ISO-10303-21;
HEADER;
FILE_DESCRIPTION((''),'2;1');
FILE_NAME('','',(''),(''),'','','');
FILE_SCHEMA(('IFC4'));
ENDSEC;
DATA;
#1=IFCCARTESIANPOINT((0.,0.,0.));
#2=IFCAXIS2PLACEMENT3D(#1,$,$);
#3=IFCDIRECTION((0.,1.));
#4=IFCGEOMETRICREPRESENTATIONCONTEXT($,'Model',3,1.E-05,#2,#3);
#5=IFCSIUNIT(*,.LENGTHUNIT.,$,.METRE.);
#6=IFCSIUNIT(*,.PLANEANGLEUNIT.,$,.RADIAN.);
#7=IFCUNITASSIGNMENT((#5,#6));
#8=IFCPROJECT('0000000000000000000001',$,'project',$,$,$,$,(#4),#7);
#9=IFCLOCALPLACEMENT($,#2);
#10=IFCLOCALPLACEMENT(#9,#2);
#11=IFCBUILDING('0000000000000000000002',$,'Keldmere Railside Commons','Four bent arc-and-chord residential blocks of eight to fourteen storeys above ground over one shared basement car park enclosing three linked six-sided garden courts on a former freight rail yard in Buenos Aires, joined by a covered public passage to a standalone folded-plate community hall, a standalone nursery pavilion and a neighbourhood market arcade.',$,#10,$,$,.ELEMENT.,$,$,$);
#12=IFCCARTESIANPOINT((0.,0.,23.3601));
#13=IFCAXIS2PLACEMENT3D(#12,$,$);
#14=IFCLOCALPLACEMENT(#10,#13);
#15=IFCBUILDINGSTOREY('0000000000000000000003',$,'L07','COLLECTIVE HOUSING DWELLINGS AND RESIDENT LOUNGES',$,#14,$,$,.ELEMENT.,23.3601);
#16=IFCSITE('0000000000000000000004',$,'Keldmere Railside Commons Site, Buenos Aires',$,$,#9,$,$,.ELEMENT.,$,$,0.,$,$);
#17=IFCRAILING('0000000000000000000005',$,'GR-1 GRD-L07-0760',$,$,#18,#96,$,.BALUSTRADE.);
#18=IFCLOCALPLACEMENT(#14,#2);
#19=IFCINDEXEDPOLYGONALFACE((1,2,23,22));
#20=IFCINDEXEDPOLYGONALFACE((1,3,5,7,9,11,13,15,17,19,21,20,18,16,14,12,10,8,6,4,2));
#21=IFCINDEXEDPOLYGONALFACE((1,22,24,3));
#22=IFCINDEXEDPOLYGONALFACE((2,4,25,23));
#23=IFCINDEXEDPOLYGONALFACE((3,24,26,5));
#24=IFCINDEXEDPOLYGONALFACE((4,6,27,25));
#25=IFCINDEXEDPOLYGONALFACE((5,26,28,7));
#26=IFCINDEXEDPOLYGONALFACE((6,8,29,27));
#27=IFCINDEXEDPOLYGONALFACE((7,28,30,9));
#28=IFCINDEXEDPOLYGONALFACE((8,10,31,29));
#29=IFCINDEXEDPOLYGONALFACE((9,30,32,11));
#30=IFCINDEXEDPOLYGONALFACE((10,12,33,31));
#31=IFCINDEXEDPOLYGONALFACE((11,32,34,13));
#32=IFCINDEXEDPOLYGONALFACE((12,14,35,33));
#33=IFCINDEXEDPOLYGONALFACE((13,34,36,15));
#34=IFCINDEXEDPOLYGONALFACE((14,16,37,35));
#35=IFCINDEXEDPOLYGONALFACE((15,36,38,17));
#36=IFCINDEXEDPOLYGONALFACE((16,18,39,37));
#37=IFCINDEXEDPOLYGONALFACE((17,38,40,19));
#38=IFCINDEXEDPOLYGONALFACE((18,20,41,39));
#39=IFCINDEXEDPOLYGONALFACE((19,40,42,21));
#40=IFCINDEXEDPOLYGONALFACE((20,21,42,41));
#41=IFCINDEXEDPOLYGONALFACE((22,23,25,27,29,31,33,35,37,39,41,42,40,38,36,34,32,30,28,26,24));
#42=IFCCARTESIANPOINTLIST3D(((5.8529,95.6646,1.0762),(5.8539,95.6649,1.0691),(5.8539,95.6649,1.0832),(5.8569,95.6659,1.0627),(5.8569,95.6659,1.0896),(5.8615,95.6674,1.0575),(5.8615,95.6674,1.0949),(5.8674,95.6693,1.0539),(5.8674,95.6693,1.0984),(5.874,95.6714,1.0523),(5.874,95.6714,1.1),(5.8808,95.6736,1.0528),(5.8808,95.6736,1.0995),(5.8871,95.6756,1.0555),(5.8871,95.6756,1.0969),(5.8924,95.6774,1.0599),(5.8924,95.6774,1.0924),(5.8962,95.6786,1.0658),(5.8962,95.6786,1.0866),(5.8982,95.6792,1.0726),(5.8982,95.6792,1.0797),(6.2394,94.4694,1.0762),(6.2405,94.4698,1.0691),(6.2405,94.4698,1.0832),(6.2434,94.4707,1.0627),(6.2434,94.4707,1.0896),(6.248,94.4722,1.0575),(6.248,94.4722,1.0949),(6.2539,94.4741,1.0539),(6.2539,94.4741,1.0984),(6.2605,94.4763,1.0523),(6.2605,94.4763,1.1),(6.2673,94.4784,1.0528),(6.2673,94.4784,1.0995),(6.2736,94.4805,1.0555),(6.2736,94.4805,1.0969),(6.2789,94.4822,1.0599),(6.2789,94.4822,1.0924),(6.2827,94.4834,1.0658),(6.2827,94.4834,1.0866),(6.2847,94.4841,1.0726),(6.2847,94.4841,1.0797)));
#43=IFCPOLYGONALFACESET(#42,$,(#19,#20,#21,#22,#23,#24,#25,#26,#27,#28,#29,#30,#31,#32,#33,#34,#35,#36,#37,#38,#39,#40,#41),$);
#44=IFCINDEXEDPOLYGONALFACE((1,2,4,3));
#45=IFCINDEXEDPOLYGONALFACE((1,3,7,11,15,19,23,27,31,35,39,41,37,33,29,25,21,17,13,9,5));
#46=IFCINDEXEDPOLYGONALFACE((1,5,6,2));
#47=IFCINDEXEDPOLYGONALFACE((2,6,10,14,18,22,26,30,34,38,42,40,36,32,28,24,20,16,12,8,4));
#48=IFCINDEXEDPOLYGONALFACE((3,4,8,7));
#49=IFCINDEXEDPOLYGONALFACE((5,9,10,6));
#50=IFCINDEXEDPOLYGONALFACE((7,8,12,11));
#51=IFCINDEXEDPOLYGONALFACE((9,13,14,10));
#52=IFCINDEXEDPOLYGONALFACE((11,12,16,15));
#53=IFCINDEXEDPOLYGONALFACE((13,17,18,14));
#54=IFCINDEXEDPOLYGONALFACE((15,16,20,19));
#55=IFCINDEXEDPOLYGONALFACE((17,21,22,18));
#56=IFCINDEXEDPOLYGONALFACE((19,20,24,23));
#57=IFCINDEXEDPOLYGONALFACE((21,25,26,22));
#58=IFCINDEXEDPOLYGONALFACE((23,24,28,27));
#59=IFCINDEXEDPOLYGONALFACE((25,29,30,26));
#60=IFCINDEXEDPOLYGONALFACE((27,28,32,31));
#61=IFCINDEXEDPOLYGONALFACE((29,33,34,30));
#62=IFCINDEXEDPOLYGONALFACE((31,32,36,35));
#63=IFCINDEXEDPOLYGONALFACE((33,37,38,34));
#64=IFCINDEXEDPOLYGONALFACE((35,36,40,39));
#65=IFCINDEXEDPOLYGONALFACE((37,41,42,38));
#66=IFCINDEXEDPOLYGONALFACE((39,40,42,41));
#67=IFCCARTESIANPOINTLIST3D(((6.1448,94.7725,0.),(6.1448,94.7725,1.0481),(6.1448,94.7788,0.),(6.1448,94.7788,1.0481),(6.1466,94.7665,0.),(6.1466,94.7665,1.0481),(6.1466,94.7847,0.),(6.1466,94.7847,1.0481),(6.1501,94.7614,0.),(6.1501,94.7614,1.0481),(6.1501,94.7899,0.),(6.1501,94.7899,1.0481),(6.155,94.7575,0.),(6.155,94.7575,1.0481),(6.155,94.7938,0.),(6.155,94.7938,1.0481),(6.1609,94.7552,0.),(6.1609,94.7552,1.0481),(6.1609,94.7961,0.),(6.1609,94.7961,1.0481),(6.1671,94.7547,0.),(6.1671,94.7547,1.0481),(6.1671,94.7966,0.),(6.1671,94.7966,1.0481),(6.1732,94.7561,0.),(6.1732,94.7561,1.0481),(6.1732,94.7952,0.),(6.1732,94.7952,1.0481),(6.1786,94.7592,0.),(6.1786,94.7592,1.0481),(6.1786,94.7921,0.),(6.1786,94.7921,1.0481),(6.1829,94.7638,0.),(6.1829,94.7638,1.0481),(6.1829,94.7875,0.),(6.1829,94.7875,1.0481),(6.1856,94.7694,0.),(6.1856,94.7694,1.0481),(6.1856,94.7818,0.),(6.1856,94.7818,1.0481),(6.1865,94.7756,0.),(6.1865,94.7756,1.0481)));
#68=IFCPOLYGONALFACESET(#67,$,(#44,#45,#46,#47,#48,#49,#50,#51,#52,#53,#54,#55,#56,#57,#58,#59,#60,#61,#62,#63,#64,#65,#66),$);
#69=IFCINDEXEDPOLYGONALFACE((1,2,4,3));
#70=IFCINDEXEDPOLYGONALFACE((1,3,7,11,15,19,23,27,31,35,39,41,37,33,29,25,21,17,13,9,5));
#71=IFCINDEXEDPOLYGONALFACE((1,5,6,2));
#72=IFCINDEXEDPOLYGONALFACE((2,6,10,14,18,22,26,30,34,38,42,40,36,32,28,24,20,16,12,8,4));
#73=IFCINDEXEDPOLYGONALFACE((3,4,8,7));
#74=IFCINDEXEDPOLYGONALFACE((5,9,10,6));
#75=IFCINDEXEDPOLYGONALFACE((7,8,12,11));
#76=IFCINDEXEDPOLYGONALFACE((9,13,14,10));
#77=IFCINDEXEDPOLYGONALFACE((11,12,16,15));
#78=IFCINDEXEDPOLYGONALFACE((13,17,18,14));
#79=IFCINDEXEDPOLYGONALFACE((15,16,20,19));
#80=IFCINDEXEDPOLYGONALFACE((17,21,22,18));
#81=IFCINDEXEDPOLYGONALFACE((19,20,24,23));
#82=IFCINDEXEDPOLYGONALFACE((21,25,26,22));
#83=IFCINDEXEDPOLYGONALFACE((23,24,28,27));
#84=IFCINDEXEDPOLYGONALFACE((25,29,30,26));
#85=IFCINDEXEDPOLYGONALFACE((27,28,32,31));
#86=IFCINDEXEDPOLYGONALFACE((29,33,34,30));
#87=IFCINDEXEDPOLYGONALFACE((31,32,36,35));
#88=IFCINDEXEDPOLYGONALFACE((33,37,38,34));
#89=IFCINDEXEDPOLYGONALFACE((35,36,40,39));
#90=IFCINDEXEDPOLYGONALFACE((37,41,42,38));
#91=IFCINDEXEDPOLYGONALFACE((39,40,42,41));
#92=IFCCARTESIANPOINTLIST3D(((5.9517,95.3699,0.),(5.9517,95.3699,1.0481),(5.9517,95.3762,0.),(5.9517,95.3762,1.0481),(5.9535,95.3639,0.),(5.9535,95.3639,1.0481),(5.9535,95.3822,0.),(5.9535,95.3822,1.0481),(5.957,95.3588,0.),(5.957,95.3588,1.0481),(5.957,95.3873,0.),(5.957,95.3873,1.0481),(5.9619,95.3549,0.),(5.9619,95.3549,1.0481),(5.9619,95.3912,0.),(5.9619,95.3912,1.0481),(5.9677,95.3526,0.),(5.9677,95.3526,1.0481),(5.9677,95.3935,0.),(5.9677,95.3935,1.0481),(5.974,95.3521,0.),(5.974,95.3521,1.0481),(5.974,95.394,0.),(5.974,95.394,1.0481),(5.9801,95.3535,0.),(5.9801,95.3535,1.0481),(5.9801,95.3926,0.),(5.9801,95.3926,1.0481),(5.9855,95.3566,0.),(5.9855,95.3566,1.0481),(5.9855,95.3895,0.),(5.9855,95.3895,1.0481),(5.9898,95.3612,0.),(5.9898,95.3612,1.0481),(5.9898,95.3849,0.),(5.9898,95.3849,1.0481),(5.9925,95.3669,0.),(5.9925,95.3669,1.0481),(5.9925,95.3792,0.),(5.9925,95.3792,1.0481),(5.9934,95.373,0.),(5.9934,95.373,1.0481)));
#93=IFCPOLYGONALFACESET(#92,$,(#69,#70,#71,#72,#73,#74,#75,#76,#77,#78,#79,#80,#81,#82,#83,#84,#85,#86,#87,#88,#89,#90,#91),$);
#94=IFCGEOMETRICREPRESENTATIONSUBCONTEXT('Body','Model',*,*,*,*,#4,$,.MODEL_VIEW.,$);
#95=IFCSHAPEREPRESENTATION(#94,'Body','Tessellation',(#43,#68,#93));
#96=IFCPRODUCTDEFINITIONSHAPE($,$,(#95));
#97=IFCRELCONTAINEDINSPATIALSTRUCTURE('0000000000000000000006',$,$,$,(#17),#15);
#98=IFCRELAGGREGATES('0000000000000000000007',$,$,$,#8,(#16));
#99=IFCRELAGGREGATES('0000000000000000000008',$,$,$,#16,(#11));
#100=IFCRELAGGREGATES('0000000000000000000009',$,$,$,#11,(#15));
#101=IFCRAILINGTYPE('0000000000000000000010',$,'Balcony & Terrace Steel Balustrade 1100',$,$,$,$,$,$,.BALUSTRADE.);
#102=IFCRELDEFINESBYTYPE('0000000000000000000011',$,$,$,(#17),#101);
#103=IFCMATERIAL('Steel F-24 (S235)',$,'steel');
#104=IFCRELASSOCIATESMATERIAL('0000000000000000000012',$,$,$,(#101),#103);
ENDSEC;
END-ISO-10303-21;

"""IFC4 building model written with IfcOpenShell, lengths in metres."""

from ifc_helpers import new_model, si_unit, direction, frame, origin, origin_2d, place, context, subcontext, project, spatial, circle, extrude, material, type_object, element, save


model = new_model("IFC4")

# Units and contexts
model_context = context("Model", 3, precision=1e-05, world=origin(), true_north=direction((0.0, 1.0)))
body_context = subcontext(model_context, "Body", "Model", "MODEL_VIEW")
ifc_project = project(units=[si_unit("LENGTHUNIT", "METRE"), si_unit("PLANEANGLEUNIT", "RADIAN")], contexts=[model_context])

# Site, building, storey
site_placement = place(None, origin())
site = spatial("IfcSite", under=ifc_project, at=site_placement, Name="Keldmere Railside Commons Site, Buenos Aires", CompositionType="ELEMENT", RefElevation=0.0)
building_placement = place(site_placement, origin())
building = spatial("IfcBuilding", under=site, at=building_placement, Name="Keldmere Railside Commons", Description="Four bent arc-and-chord residential blocks of eight to fourteen storeys above ground over one shared basement car park enclosing three linked six-sided garden courts on a former freight rail yard in Buenos Aires, joined by a covered public passage to a standalone folded-plate community hall, a standalone nursery pavilion and a neighbourhood market arcade.", CompositionType="ELEMENT")
storey_placement = place(building_placement, frame((0.0, 0.0, 23.3601)))
storey = spatial("IfcBuildingStorey", under=building, at=storey_placement, Name="L07", Description="COLLECTIVE HOUSING DWELLINGS AND RESIDENT LOUNGES", CompositionType="ELEMENT", Elevation=23.3601)

# Railing
ifc_material_1 = material(Name="Steel F-24 (S235)", Category="steel")
railing_type = type_object("IfcRailingType", Name="Balcony & Terrace Steel Balustrade 1100", PredefinedType="BALUSTRADE", material=ifc_material_1)
railing_1_placement = place(storey_placement, frame((6.2622, 94.4768, 0.0)))
element("IfcRailing", 1, at=railing_1_placement, inside=storey, type_object=railing_type, Name="GR-1 GRD-L07-0760", PredefinedType="BALUSTRADE", context=body_context, shape_type="SweptSolid", body=[
    extrude(circle(Radius=0.0239, at=origin_2d()), frame((0.0, 0.0, 1.0762), z_axis=(-0.307701, 0.951483, 0.0), x_axis=(-0.951483, -0.307701, 0.0)), (0.0, 0.0, 1.0), 1.2561),
    extrude(circle(Radius=0.021, at=origin_2d()), frame((-0.0967, 0.2988, 0.0)), (0.0, 0.0, 1.0), 1.0481),
    extrude(circle(Radius=0.021, at=origin_2d()), frame((-0.2898, 0.8962, 0.0)), (0.0, 0.0, 1.0), 1.0481),
])

save(model, "model.ifc")
